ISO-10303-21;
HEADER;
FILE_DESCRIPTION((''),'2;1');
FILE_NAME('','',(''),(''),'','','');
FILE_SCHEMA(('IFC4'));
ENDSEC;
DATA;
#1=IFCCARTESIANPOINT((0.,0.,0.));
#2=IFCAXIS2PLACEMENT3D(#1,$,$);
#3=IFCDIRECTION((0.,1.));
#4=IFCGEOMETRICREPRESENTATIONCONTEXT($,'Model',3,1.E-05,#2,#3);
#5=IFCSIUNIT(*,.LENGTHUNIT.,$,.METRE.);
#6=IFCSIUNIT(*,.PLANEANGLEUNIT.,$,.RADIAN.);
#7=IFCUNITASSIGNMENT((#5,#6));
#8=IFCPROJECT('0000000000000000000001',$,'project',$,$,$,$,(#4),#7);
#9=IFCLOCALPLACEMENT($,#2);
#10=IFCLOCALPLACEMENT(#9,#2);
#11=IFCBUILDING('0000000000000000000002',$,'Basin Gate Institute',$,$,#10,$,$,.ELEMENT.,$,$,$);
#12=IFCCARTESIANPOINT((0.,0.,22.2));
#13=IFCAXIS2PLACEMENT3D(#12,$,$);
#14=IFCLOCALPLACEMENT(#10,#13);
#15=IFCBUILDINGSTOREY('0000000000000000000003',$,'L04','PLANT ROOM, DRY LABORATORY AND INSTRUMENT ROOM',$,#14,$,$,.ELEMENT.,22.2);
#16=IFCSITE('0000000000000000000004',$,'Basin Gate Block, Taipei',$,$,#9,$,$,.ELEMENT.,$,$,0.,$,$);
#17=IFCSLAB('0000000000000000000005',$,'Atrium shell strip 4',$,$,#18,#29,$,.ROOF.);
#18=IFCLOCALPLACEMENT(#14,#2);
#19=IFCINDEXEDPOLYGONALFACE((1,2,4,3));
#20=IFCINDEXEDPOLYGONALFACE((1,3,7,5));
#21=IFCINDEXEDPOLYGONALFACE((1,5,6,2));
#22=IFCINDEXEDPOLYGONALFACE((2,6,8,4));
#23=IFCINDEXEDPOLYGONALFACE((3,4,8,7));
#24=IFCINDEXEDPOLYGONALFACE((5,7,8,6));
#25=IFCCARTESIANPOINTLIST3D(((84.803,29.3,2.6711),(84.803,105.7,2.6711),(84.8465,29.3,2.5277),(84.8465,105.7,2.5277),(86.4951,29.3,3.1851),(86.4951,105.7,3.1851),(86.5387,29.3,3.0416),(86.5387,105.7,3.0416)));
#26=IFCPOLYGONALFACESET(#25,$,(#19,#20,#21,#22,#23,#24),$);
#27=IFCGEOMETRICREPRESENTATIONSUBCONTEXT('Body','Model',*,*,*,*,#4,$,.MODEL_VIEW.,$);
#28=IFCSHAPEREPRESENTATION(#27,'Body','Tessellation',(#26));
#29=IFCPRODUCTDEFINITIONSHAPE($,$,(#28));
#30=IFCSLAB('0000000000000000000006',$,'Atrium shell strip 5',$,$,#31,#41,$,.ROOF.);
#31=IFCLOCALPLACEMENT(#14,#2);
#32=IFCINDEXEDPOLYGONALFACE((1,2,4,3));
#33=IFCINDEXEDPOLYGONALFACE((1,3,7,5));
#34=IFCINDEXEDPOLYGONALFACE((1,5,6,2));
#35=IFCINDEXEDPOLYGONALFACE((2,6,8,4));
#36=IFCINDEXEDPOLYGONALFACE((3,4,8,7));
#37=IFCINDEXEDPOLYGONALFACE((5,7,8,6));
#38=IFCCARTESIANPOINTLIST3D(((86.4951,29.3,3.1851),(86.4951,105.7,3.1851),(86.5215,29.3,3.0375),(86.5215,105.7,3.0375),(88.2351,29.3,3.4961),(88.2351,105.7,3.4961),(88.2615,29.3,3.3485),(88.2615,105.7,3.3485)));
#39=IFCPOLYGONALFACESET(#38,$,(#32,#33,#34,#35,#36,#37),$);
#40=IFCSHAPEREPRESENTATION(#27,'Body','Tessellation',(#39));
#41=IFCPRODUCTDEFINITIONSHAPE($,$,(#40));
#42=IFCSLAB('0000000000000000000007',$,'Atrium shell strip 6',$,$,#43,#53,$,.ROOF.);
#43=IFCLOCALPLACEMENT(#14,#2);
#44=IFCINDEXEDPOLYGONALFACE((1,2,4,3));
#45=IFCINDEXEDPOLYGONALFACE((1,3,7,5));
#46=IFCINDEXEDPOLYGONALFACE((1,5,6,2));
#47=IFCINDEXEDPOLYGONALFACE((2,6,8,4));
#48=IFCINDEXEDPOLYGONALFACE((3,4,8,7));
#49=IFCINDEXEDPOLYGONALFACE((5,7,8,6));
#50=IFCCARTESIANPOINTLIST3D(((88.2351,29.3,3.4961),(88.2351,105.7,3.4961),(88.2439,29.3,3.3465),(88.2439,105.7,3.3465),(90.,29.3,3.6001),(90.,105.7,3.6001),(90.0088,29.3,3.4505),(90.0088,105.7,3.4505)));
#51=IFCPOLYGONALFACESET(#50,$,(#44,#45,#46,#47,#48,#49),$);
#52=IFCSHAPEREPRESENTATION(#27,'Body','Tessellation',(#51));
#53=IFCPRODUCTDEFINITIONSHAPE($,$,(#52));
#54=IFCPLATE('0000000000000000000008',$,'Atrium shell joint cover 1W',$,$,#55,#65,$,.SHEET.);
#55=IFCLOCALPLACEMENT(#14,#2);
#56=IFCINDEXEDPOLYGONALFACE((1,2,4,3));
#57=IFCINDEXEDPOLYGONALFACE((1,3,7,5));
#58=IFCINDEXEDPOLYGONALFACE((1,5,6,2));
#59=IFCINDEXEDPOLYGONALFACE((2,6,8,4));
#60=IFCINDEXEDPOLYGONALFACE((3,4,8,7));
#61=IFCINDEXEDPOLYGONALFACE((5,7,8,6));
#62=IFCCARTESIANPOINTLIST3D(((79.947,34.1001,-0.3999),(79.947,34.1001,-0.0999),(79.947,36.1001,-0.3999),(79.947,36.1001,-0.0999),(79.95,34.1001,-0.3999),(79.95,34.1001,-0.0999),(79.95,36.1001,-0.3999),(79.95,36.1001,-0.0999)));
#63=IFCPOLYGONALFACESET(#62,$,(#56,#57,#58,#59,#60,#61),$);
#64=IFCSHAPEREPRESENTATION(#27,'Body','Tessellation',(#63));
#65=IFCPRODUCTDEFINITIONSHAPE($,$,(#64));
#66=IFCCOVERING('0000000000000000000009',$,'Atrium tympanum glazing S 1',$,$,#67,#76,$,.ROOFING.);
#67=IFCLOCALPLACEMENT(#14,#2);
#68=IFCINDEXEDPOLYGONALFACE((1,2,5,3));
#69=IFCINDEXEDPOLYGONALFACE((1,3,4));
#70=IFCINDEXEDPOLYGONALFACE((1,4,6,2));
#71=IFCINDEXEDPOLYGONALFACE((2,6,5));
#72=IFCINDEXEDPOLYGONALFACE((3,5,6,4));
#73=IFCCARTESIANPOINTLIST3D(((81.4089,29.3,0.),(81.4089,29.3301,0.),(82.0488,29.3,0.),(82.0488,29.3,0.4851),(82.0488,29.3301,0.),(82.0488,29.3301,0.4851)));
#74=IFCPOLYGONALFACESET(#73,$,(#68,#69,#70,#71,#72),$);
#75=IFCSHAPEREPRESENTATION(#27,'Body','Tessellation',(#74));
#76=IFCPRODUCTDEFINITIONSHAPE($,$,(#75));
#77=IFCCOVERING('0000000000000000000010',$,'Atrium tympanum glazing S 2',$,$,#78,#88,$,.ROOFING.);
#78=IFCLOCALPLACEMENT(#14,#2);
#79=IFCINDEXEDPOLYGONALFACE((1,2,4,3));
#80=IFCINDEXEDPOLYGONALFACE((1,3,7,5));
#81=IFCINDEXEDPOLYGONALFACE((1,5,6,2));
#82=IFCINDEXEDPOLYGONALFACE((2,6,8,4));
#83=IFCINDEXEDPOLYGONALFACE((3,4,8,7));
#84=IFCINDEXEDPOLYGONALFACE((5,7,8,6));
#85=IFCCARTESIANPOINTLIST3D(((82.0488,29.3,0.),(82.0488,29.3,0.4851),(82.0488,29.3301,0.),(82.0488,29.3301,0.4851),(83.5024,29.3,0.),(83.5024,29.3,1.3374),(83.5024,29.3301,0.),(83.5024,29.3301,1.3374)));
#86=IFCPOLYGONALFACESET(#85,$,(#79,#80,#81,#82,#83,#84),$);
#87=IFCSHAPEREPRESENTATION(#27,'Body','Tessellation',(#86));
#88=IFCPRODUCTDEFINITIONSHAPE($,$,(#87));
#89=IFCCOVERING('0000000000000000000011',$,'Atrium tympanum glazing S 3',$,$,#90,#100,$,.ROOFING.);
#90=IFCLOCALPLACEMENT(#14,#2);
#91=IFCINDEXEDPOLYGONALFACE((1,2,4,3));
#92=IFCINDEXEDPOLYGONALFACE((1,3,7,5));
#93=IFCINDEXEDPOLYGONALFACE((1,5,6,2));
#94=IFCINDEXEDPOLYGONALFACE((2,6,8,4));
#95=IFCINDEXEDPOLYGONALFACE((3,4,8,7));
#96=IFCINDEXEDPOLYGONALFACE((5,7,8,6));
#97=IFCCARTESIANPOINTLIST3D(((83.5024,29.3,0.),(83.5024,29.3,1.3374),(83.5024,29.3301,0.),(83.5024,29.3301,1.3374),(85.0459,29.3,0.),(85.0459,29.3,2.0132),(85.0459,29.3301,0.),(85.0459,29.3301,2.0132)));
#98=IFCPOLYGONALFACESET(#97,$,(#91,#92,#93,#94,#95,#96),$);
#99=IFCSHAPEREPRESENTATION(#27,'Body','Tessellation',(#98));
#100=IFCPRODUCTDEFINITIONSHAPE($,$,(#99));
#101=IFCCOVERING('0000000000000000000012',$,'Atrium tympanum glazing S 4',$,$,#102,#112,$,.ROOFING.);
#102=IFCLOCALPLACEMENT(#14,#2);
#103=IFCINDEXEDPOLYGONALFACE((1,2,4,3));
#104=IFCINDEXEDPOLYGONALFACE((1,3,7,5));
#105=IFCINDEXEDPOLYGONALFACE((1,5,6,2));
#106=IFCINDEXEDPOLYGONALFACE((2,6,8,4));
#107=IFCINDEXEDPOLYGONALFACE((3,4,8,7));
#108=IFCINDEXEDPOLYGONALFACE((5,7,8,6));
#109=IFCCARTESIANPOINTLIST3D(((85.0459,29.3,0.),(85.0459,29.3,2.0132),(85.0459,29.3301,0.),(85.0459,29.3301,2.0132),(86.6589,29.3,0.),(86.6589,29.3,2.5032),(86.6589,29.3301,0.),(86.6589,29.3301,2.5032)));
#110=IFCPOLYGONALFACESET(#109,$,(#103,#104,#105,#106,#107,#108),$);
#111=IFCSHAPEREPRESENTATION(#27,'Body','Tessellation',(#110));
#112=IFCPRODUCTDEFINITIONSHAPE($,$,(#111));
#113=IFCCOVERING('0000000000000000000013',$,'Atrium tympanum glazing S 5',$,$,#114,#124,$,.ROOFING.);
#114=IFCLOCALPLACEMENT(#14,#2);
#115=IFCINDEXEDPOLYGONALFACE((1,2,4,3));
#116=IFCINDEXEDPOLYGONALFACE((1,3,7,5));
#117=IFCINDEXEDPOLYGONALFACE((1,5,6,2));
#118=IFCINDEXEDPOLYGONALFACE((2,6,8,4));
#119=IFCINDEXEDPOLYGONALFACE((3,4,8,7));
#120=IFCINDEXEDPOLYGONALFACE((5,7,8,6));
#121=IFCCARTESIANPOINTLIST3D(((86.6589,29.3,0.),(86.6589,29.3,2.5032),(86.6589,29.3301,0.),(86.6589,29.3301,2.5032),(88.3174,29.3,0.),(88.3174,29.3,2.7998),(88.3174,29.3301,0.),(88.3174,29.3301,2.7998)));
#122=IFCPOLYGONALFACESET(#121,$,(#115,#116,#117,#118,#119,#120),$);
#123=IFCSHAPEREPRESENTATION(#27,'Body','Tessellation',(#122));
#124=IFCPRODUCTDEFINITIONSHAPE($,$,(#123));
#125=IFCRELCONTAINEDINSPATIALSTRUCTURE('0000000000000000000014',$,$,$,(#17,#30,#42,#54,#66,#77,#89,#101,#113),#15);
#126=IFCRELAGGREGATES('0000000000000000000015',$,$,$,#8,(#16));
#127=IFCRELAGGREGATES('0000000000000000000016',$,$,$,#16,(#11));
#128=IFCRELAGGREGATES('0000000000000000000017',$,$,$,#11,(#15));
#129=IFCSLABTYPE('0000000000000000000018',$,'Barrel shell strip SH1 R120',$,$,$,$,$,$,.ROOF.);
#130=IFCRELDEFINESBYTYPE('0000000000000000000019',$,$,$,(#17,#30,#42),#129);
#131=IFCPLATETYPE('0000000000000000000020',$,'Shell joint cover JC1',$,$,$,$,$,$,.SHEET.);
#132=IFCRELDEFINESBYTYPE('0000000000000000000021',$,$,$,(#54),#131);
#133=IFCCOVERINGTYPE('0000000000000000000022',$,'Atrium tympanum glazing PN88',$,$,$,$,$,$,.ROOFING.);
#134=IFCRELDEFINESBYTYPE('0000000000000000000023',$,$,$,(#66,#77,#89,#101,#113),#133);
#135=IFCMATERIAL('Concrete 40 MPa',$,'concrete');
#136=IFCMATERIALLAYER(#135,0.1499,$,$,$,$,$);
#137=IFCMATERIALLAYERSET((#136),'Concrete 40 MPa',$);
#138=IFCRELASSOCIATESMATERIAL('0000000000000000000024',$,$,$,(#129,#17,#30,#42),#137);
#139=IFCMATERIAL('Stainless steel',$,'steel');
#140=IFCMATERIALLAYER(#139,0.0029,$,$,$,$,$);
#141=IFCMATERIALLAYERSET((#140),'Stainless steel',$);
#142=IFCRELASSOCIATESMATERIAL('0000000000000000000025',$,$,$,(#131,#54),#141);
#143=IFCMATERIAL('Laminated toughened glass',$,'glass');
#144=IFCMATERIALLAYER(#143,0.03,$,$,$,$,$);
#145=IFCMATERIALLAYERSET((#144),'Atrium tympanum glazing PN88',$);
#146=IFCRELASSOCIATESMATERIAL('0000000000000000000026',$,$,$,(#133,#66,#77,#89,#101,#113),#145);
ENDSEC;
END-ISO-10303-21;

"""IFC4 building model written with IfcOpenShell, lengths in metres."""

from ifc_helpers import new_model, si_unit, direction, frame, origin, origin_2d, place, context, subcontext, project, spatial, polyline, rectangle, outline, extrude, material, layer, layer_set, type_object, element, save


model = new_model("IFC4")

# Units and contexts
model_context = context("Model", 3, precision=1e-05, world=origin(), true_north=direction((0.0, 1.0)))
body_context = subcontext(model_context, "Body", "Model", "MODEL_VIEW")
ifc_project = project(units=[si_unit("LENGTHUNIT", "METRE"), si_unit("PLANEANGLEUNIT", "RADIAN")], contexts=[model_context])

# Site, building, storey
site_placement = place(None, origin())
site = spatial("IfcSite", under=ifc_project, at=site_placement, Name="Basin Gate Block, Taipei", CompositionType="ELEMENT", RefElevation=0.0)
building_placement = place(site_placement, origin())
building = spatial("IfcBuilding", under=site, at=building_placement, Name="Basin Gate Institute", CompositionType="ELEMENT")
storey_placement = place(building_placement, frame((0.0, 0.0, 22.2)))
storey = spatial("IfcBuildingStorey", under=building, at=storey_placement, Name="L04", Description="PLANT ROOM, DRY LABORATORY AND INSTRUMENT ROOM", CompositionType="ELEMENT", Elevation=22.2)

# Slabs
ifc_material_1 = material(Name="Concrete 40 MPa", Category="concrete")
ifc_layer_1 = layer(ifc_material_1, 0.1499)
ifc_layer_set_1 = layer_set([ifc_layer_1], Name="Concrete 40 MPa")
slab_type = type_object("IfcSlabType", Name="Barrel shell strip SH1 R120", PredefinedType="ROOF", material=ifc_layer_set_1)
slab_1_placement = place(storey_placement, frame((84.803, 29.3, 2.6711), z_axis=(-0.290601, 0.0, 0.956844), x_axis=(0.956844, 0.0, 0.290601)))
element("IfcSlab", 1, at=slab_1_placement, inside=storey, type_object=slab_type, material=ifc_layer_set_1, Name="Atrium shell strip 4", PredefinedType="ROOF", context=body_context, shape_type="SweptSolid", body=[
    extrude(outline(polyline([(0.0, 0.0), (1.7685, 0.0), (1.7685, 76.3999), (0.0, 76.3999), (0.0, 0.0)])), origin(), (0.0, 0.0, -1.0), 0.1499),
])
slab_2_placement = place(storey_placement, frame((86.4951, 29.3, 3.1851), z_axis=(-0.175968, 0.0, 0.984396), x_axis=(0.984396, 0.0, 0.175968)))
element("IfcSlab", 2, at=slab_2_placement, inside=storey, type_object=slab_type, material=ifc_layer_set_1, Name="Atrium shell strip 5", PredefinedType="ROOF", context=body_context, shape_type="SweptSolid", body=[
    extrude(outline(polyline([(0.0, 0.0), (1.7676, 0.0), (1.7676, 76.3999), (0.0, 76.3999), (0.0, 0.0)])), origin(), (0.0, 0.0, -1.0), 0.1499),
])
slab_3_placement = place(storey_placement, frame((88.2351, 29.3, 3.4961), z_axis=(-0.058827, 0.0, 0.998268), x_axis=(0.998268, 0.0, 0.058827)))
element("IfcSlab", 3, at=slab_3_placement, inside=storey, type_object=slab_type, material=ifc_layer_set_1, Name="Atrium shell strip 6", PredefinedType="ROOF", context=body_context, shape_type="SweptSolid", body=[
    extrude(outline(polyline([(0.0, 0.0), (1.768, 0.0), (1.768, 76.3999), (0.0, 76.3999), (0.0, 0.0)])), origin(), (0.0, 0.0, -1.0), 0.1499),
])

# Plate
ifc_material_2 = material(Name="Stainless steel", Category="steel")
ifc_layer_2 = layer(ifc_material_2, 0.0029)
ifc_layer_set_2 = layer_set([ifc_layer_2], Name="Stainless steel")
plate_type = type_object("IfcPlateType", Name="Shell joint cover JC1", PredefinedType="SHEET", material=ifc_layer_set_2)
plate_placement = place(storey_placement, frame((79.9485, 35.1001, -0.3999), z_axis=(0.0, 0.0, 1.0), x_axis=(1.0, 0.0, 0.0)))
element("IfcPlate", 4, at=plate_placement, inside=storey, type_object=plate_type, material=ifc_layer_set_2, Name="Atrium shell joint cover 1W", PredefinedType="SHEET", context=body_context, shape_type="SweptSolid", body=[
    extrude(rectangle(XDim=0.0029, YDim=2.0, at=origin_2d()), origin(), (0.0, 0.0, 1.0), 0.3),
])

# Coverings
ifc_material_3 = material(Name="Laminated toughened glass", Category="glass")
ifc_layer_3 = layer(ifc_material_3, 0.03)
ifc_layer_set_3 = layer_set([ifc_layer_3], Name="Atrium tympanum glazing PN88")
covering_type = type_object("IfcCoveringType", Name="Atrium tympanum glazing PN88", PredefinedType="ROOFING", material=ifc_layer_set_3)
covering_1_placement = place(storey_placement, frame((81.4089, 29.3, 0.0), z_axis=(0.0, -1.0, 0.0), x_axis=(1.0, 0.0, 0.0)))
element("IfcCovering", 5, at=covering_1_placement, inside=storey, type_object=covering_type, material=ifc_layer_set_3, Name="Atrium tympanum glazing S 1", PredefinedType="ROOFING", context=body_context, shape_type="SweptSolid", body=[
    extrude(outline(polyline([(0.0, 0.0), (0.6399, 0.0), (0.6399, 0.4851), (0.0, 0.0)])), origin(), (0.0, 0.0, -1.0), 0.03),
])
covering_2_placement = place(storey_placement, frame((82.0488, 29.3, 0.0), z_axis=(0.0, -1.0, 0.0), x_axis=(1.0, 0.0, 0.0)))
element("IfcCovering", 6, at=covering_2_placement, inside=storey, type_object=covering_type, material=ifc_layer_set_3, Name="Atrium tympanum glazing S 2", PredefinedType="ROOFING", context=body_context, shape_type="SweptSolid", body=[
    extrude(outline(polyline([(0.0, 0.0), (1.4536, 0.0), (1.4536, 1.3374), (0.0, 0.4851), (0.0, 0.0)])), origin(), (0.0, 0.0, -1.0), 0.03),
])
covering_3_placement = place(storey_placement, frame((83.5024, 29.3, 0.0), z_axis=(0.0, -1.0, 0.0), x_axis=(1.0, 0.0, 0.0)))
element("IfcCovering", 7, at=covering_3_placement, inside=storey, type_object=covering_type, material=ifc_layer_set_3, Name="Atrium tympanum glazing S 3", PredefinedType="ROOFING", context=body_context, shape_type="SweptSolid", body=[
    extrude(outline(polyline([(0.0, 0.0), (1.5435, 0.0), (1.5435, 2.0132), (0.0, 1.3374), (0.0, 0.0)])), origin(), (0.0, 0.0, -1.0), 0.03),
])
covering_4_placement = place(storey_placement, frame((85.0459, 29.3, 0.0), z_axis=(0.0, -1.0, 0.0), x_axis=(1.0, 0.0, 0.0)))
element("IfcCovering", 8, at=covering_4_placement, inside=storey, type_object=covering_type, material=ifc_layer_set_3, Name="Atrium tympanum glazing S 4", PredefinedType="ROOFING", context=body_context, shape_type="SweptSolid", body=[
    extrude(outline(polyline([(0.0, 0.0), (1.613, 0.0), (1.613, 2.5032), (0.0, 2.0132), (0.0, 0.0)])), origin(), (0.0, 0.0, -1.0), 0.03),
])
covering_5_placement = place(storey_placement, frame((86.6589, 29.3, 0.0), z_axis=(0.0, -1.0, 0.0), x_axis=(1.0, 0.0, 0.0)))
element("IfcCovering", 9, at=covering_5_placement, inside=storey, type_object=covering_type, material=ifc_layer_set_3, Name="Atrium tympanum glazing S 5", PredefinedType="ROOFING", context=body_context, shape_type="SweptSolid", body=[
    extrude(outline(polyline([(0.0, 0.0), (1.6584, 0.0), (1.6584, 2.7998), (0.0, 2.5032), (0.0, 0.0)])), origin(), (0.0, 0.0, -1.0), 0.03),
])

save(model, "model.ifc")
